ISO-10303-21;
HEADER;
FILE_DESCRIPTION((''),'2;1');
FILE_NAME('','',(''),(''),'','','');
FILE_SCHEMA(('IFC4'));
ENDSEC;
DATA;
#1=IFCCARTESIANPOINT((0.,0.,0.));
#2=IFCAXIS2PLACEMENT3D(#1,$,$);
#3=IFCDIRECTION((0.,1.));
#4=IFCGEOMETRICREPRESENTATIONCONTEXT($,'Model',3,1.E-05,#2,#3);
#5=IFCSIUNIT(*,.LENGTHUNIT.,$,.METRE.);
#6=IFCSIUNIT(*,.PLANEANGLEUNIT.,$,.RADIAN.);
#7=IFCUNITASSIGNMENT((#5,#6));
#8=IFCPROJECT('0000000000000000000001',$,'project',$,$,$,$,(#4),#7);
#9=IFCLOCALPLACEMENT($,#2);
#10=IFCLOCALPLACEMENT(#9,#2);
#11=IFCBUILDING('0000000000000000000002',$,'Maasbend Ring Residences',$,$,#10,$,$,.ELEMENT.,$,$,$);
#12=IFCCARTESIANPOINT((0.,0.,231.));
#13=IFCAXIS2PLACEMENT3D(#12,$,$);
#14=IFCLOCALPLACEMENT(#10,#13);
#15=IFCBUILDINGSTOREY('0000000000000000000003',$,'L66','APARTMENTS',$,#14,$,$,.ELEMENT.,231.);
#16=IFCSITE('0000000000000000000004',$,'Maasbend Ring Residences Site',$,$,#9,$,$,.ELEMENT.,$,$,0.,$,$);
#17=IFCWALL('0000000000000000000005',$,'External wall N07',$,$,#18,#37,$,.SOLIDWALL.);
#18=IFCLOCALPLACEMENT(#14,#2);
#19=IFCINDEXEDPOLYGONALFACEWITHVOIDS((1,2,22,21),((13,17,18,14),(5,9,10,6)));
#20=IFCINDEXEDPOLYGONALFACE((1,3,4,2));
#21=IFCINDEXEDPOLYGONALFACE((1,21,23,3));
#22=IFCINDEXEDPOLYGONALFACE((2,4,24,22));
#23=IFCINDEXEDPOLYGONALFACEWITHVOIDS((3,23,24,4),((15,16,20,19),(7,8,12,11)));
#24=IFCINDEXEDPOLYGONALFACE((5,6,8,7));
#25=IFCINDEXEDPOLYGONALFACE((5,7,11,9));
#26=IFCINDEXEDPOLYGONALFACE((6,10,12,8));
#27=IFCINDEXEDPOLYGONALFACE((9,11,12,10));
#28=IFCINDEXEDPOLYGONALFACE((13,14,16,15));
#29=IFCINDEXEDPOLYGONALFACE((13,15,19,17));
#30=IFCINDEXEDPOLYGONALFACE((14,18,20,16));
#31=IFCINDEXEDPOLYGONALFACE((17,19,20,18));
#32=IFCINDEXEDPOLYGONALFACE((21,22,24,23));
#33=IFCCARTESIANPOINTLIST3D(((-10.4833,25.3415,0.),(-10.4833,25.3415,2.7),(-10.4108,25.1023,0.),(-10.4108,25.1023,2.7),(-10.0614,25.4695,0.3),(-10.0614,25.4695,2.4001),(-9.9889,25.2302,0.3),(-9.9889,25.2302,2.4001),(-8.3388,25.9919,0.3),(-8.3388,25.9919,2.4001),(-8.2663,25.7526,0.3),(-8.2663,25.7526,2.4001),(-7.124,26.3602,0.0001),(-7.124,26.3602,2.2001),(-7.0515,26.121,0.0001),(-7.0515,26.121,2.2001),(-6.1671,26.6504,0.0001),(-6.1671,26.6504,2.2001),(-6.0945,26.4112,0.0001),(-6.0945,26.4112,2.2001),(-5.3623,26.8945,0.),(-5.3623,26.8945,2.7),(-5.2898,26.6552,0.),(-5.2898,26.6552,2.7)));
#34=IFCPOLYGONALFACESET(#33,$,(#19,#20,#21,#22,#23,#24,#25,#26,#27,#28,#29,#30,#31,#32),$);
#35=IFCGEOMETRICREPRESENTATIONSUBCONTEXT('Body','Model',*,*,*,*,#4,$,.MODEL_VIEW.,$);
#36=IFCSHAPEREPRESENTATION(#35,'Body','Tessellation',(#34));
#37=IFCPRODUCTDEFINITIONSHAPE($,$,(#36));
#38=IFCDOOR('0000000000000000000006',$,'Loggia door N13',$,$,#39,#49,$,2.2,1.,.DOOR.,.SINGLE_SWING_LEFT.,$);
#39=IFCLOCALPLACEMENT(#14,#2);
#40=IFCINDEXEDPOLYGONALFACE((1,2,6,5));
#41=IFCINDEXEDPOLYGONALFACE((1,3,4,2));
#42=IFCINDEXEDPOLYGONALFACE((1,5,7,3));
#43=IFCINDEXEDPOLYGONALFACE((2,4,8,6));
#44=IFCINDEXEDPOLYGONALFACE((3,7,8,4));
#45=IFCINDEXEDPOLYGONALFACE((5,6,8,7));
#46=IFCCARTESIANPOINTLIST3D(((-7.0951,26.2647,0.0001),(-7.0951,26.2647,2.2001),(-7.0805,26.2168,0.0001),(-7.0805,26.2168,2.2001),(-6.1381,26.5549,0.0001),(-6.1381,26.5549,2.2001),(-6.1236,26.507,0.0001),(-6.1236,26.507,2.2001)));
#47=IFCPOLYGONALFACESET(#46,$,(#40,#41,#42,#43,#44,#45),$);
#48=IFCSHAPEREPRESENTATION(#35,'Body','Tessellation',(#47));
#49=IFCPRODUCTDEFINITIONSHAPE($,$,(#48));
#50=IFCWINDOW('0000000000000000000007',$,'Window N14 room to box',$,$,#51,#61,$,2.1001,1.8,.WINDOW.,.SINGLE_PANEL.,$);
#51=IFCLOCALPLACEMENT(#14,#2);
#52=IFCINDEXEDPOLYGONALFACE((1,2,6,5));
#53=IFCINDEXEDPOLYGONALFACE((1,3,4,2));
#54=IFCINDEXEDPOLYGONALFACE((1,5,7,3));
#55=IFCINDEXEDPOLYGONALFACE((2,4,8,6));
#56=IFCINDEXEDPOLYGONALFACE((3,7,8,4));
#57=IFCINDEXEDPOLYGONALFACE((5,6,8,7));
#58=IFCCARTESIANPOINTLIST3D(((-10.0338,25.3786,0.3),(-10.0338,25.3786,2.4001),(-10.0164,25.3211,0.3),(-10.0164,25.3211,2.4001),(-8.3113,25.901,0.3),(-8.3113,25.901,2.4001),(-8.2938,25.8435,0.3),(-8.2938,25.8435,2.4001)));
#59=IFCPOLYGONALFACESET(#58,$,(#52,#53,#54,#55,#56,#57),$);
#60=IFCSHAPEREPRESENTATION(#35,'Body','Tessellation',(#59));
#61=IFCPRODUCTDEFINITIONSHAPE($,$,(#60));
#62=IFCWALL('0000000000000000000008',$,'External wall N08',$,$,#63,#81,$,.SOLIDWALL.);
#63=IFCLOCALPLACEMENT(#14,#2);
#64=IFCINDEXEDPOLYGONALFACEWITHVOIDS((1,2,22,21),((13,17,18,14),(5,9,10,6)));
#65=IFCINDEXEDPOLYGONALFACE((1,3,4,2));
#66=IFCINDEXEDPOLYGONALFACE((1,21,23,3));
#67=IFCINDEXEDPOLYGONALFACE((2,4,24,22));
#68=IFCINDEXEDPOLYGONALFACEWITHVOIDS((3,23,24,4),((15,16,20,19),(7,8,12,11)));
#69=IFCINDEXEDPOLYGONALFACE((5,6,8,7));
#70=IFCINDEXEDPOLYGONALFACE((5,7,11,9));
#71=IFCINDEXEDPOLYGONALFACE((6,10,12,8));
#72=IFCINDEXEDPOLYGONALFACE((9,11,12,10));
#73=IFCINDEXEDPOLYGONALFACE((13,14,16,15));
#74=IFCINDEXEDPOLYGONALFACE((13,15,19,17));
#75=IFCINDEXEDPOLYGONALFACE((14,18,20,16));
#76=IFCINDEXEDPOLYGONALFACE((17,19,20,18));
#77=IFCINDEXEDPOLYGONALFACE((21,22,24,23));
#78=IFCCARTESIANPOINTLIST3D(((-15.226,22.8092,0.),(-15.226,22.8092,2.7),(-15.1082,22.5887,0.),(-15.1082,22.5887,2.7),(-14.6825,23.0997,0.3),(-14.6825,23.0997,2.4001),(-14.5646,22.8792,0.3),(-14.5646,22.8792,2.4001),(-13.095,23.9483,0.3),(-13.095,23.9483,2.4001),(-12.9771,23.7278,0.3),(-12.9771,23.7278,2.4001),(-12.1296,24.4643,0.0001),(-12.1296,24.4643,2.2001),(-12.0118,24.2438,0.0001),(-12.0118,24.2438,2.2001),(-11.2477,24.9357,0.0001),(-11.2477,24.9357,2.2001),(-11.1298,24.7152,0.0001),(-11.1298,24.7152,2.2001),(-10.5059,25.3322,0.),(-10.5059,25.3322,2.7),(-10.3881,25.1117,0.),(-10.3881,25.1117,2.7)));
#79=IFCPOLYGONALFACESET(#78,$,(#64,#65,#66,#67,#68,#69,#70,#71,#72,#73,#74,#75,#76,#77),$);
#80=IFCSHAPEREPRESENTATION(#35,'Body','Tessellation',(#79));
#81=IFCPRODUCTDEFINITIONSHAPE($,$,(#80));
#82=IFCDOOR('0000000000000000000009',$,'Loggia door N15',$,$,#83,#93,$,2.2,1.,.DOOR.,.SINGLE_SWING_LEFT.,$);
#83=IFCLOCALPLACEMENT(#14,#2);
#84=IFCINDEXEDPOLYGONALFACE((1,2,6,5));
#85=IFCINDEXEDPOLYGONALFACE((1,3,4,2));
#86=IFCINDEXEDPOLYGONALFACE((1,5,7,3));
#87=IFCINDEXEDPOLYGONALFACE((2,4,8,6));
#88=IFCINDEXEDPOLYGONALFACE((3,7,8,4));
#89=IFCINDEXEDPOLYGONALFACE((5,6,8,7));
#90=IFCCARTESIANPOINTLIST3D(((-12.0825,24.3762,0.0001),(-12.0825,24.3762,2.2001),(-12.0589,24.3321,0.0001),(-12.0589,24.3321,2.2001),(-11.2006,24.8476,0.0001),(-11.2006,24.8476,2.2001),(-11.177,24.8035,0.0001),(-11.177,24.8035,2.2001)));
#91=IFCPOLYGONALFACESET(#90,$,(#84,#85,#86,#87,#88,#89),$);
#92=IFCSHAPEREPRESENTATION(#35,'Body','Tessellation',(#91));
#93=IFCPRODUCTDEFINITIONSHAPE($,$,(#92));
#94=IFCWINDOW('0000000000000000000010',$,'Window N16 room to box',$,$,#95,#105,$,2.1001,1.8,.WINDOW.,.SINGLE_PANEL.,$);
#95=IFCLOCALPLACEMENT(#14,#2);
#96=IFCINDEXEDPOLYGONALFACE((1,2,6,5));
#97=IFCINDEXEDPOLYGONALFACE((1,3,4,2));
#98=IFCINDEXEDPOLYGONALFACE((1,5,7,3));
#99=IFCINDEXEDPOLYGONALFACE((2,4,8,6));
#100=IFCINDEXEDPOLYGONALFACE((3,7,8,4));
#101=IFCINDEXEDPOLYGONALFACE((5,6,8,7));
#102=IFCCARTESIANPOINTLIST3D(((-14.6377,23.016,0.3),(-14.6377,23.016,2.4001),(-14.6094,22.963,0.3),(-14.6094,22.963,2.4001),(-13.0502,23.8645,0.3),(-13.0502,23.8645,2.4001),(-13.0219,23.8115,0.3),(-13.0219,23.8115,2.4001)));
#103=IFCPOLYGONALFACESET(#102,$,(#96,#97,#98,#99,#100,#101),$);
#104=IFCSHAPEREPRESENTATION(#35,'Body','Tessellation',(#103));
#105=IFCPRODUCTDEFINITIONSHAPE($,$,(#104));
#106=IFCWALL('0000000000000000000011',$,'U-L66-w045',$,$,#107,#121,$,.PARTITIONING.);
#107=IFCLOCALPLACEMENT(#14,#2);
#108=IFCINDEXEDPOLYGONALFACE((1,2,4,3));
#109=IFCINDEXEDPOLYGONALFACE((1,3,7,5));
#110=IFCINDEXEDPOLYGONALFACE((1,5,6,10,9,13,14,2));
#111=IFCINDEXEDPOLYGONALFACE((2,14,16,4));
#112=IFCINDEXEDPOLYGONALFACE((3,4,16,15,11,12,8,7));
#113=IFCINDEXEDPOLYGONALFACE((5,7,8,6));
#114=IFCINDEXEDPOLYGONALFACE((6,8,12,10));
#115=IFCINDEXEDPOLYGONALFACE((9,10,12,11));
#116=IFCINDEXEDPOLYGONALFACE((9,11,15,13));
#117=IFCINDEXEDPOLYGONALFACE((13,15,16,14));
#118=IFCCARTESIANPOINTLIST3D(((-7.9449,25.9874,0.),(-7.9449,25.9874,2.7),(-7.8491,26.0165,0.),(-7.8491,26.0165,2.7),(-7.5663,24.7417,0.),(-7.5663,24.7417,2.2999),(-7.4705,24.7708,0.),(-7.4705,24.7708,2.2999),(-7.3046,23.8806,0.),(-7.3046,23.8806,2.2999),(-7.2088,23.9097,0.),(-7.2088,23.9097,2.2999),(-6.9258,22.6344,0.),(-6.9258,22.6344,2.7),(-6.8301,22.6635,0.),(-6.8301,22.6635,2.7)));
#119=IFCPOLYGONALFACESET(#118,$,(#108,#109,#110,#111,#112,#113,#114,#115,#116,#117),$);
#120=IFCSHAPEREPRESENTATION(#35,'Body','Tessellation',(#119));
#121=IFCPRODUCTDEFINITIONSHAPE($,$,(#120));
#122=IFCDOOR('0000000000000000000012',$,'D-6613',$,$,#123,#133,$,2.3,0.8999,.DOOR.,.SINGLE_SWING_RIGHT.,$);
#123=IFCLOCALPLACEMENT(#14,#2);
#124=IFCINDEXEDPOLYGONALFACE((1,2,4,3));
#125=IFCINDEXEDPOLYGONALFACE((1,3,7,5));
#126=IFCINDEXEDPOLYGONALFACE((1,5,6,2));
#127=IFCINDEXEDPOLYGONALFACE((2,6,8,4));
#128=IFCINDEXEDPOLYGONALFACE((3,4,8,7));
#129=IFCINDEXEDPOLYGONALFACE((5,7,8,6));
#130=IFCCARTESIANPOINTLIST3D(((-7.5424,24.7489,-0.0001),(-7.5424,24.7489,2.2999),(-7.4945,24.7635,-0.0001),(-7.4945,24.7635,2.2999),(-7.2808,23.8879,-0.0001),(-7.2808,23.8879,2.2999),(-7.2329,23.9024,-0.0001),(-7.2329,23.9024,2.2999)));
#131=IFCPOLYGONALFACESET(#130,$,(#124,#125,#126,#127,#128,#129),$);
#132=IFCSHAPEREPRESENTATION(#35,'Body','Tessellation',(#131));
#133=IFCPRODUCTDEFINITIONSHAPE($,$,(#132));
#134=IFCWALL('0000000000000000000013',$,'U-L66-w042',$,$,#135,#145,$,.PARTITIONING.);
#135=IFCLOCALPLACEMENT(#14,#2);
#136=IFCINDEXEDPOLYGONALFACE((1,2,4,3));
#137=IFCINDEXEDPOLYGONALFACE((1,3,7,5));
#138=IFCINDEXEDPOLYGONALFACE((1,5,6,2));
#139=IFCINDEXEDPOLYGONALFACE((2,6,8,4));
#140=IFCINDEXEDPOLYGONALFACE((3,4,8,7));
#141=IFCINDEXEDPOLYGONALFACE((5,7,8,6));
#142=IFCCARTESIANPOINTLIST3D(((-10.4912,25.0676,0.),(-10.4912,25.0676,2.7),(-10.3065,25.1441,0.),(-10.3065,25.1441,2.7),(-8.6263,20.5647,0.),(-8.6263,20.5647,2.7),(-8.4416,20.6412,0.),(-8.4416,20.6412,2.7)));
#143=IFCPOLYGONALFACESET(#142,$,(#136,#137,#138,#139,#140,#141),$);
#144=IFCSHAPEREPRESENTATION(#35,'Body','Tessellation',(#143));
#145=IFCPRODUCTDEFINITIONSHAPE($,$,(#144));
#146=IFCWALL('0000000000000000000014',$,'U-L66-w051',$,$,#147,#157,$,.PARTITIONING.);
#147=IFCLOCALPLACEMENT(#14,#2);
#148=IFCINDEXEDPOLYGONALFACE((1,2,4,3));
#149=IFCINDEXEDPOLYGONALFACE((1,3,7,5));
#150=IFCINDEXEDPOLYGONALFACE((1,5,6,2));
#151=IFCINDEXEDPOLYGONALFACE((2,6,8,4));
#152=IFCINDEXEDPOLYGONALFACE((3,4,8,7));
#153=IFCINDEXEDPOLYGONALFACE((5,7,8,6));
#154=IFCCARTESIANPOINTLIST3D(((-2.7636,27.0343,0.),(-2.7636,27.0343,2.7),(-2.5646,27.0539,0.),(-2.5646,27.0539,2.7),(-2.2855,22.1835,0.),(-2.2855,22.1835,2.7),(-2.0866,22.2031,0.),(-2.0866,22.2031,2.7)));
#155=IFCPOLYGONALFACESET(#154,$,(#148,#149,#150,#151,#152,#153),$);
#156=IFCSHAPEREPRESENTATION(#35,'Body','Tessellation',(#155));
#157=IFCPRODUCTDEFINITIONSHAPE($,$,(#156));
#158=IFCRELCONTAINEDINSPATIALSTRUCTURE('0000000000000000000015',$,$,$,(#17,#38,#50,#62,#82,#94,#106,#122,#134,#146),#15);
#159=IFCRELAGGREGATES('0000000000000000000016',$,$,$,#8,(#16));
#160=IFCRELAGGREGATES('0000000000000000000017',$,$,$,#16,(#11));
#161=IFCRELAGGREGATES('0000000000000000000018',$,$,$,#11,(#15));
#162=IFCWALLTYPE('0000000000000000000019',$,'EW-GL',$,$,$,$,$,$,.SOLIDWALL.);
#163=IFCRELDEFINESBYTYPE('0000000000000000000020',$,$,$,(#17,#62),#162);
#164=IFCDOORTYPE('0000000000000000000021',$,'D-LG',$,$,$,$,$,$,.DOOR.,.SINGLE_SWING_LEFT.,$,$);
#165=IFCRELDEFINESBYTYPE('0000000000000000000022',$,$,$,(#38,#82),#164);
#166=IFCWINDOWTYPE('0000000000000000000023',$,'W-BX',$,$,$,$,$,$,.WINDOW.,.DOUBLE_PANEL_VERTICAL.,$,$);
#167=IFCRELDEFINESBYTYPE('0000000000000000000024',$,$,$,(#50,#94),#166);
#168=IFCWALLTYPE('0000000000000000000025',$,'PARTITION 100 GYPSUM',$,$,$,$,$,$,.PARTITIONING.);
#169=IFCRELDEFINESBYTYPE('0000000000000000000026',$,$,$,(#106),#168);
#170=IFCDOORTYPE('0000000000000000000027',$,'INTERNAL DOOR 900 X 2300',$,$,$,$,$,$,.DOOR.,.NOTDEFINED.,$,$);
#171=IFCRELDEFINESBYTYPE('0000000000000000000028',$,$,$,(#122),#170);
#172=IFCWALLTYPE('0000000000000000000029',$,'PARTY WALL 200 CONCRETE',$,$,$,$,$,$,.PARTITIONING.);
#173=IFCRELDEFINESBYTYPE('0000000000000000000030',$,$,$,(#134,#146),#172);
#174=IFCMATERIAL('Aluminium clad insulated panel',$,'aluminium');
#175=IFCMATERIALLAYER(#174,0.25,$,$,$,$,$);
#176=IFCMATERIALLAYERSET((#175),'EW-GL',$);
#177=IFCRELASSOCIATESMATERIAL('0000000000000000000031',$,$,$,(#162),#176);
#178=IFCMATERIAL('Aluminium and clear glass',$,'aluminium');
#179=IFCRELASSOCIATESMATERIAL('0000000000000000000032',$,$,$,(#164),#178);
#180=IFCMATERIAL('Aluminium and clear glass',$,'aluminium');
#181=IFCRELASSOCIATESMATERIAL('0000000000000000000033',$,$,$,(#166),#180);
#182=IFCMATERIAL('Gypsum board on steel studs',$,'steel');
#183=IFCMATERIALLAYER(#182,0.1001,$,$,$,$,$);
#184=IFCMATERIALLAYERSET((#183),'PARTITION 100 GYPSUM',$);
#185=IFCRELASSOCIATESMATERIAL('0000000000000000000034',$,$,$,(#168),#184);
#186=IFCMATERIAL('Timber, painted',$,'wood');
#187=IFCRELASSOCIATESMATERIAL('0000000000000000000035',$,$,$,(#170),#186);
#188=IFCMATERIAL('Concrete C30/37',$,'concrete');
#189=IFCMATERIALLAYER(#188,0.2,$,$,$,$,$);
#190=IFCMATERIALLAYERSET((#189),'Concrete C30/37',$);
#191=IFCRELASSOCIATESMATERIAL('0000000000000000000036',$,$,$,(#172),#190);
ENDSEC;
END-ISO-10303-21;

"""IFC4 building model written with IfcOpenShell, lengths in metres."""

from ifc_helpers import new_model, si_unit, direction, frame, frame_2d, origin, place, context, subcontext, project, spatial, rectangle, extrude, material, layer, layer_set, type_object, element, fill, save


model = new_model("IFC4")

# Units and contexts
model_context = context("Model", 3, precision=1e-05, world=origin(), true_north=direction((0.0, 1.0)))
body_context = subcontext(model_context, "Body", "Model", "MODEL_VIEW")
ifc_project = project(units=[si_unit("LENGTHUNIT", "METRE"), si_unit("PLANEANGLEUNIT", "RADIAN")], contexts=[model_context])

# Site, building, storey
site_placement = place(None, origin())
site = spatial("IfcSite", under=ifc_project, at=site_placement, Name="Maasbend Ring Residences Site", CompositionType="ELEMENT", RefElevation=0.0)
building_placement = place(site_placement, origin())
building = spatial("IfcBuilding", under=site, at=building_placement, Name="Maasbend Ring Residences", CompositionType="ELEMENT")
storey_placement = place(building_placement, frame((0.0, 0.0, 231.0)))
storey = spatial("IfcBuildingStorey", under=building, at=storey_placement, Name="L66", Description="APARTMENTS", CompositionType="ELEMENT", Elevation=231.0)

# Walls, openings, doors, windows
ifc_material_1 = material(Name="Aluminium clad insulated panel", Category="aluminium")
ifc_layer_1 = layer(ifc_material_1, 0.25)
ifc_layer_set_1 = layer_set([ifc_layer_1], Name="EW-GL")
wall_type_1 = type_object("IfcWallType", Name="EW-GL", PredefinedType="SOLIDWALL", material=ifc_layer_set_1)
wall_1_placement = place(storey_placement, frame((-5.3259, 26.7749, 0.0), z_axis=(0.0, 0.0, 1.0), x_axis=(-0.956966, -0.290201, 0.0)))
wall_1 = element("IfcWall", 1, at=wall_1_placement, inside=storey, type_object=wall_type_1, Name="External wall N07", PredefinedType="SOLIDWALL", context=body_context, shape_type="SweptSolid", body=[
    extrude(rectangle(XDim=5.3513, YDim=0.25, at=frame_2d((2.6758, 0.0))), origin(), (0.0, 0.0, 1.0), 2.7),
])
opening_1_placement = place(wall_1_placement, frame((0.8411, 0.0, 0.0)))
opening_1 = element("IfcOpeningElement", 2, at=opening_1_placement, cuts=wall_1, PredefinedType="OPENING", context=body_context, shape_type="SweptSolid", body=[
    extrude(rectangle(XDim=1.0, YDim=2.2, at=frame_2d((0.5, 1.1001))), frame((0.0, 0.135, 0.0), z_axis=(0.0, -1.0, 0.0), x_axis=(1.0, 0.0, 0.0)), (0.0, 0.0, 1.0), 0.27),
])
opening_2_placement = place(wall_1_placement, frame((3.1106, 0.0, 0.3)))
opening_2 = element("IfcOpeningElement", 3, at=opening_2_placement, cuts=wall_1, PredefinedType="OPENING", context=body_context, shape_type="SweptSolid", body=[
    extrude(rectangle(XDim=1.8, YDim=2.1001, at=frame_2d((0.8999, 1.05))), frame((0.0, 0.135, 0.0), z_axis=(0.0, -1.0, 0.0), x_axis=(1.0, 0.0, 0.0)), (0.0, 0.0, 1.0), 0.27),
])
ifc_material_2 = material(Name="Aluminium and clear glass", Category="aluminium")
door_type_1 = type_object("IfcDoorType", Name="D-LG", OperationType="SINGLE_SWING_LEFT", PredefinedType="DOOR", material=ifc_material_2)
door_1_placement = place(opening_1_placement, origin())
door_1 = element("IfcDoor", 4, at=door_1_placement, inside=storey, type_object=door_type_1, Name="Loggia door N13", OperationType="SINGLE_SWING_LEFT", OverallHeight=2.2, OverallWidth=1.0, PredefinedType="DOOR", context=body_context, shape_type="SweptSolid", body=[
    extrude(rectangle(XDim=1.0, YDim=2.2, at=frame_2d((0.5, 1.1001))), frame((0.0, 0.0249, 0.0), z_axis=(0.0, -1.0, 0.0), x_axis=(1.0, 0.0, 0.0)), (0.0, 0.0, 1.0), 0.05),
])
fill(opening_1, door_1)
ifc_material_3 = material(Name="Aluminium and clear glass", Category="aluminium")
window_type_1 = type_object("IfcWindowType", Name="W-BX", PartitioningType="DOUBLE_PANEL_VERTICAL", PredefinedType="WINDOW", material=ifc_material_3)
window_1_placement = place(opening_2_placement, origin())
window_1 = element("IfcWindow", 5, at=window_1_placement, inside=storey, type_object=window_type_1, Name="Window N14 room to box", OverallHeight=2.1001, OverallWidth=1.8, PartitioningType="SINGLE_PANEL", PredefinedType="WINDOW", context=body_context, shape_type="SweptSolid", body=[
    extrude(rectangle(XDim=1.8, YDim=2.1001, at=frame_2d((0.8999, 1.05))), frame((0.0, 0.03, 0.0), z_axis=(0.0, -1.0, 0.0), x_axis=(1.0, 0.0, 0.0)), (0.0, 0.0, 1.0), 0.0601),
])
fill(opening_2, window_1)
wall_2_placement = place(storey_placement, frame((-10.447, 25.2219, 0.0), z_axis=(0.0, 0.0, 1.0), x_axis=(-0.881916, -0.471407, 0.0)))
wall_2 = element("IfcWall", 6, at=wall_2_placement, inside=storey, type_object=wall_type_1, Name="External wall N08", PredefinedType="SOLIDWALL", context=body_context, shape_type="SweptSolid", body=[
    extrude(rectangle(XDim=5.3521, YDim=0.25, at=frame_2d((2.676, 0.0))), origin(), (0.0, 0.0, 1.0), 2.7),
])
opening_3_placement = place(wall_2_placement, frame((0.8411, 0.0, 0.0)))
opening_3 = element("IfcOpeningElement", 7, at=opening_3_placement, cuts=wall_2, PredefinedType="OPENING", context=body_context, shape_type="SweptSolid", body=[
    extrude(rectangle(XDim=1.0, YDim=2.2, at=frame_2d((0.5, 1.1001))), frame((0.0, 0.135, 0.0), z_axis=(0.0, -1.0, 0.0), x_axis=(1.0, 0.0, 0.0)), (0.0, 0.0, 1.0), 0.27),
])
opening_4_placement = place(wall_2_placement, frame((2.9358, 0.0, 0.3)))
opening_4 = element("IfcOpeningElement", 8, at=opening_4_placement, cuts=wall_2, PredefinedType="OPENING", context=body_context, shape_type="SweptSolid", body=[
    extrude(rectangle(XDim=1.8, YDim=2.1001, at=frame_2d((0.8999, 1.05))), frame((0.0, 0.135, 0.0), z_axis=(0.0, -1.0, 0.0), x_axis=(1.0, 0.0, 0.0)), (0.0, 0.0, 1.0), 0.27),
])
door_2_placement = place(opening_3_placement, origin())
door_2 = element("IfcDoor", 9, at=door_2_placement, inside=storey, type_object=door_type_1, Name="Loggia door N15", OperationType="SINGLE_SWING_LEFT", OverallHeight=2.2, OverallWidth=1.0, PredefinedType="DOOR", context=body_context, shape_type="SweptSolid", body=[
    extrude(rectangle(XDim=1.0, YDim=2.2, at=frame_2d((0.5, 1.1001))), frame((0.0, 0.0249, 0.0), z_axis=(0.0, -1.0, 0.0), x_axis=(1.0, 0.0, 0.0)), (0.0, 0.0, 1.0), 0.05),
])
fill(opening_3, door_2)
window_2_placement = place(opening_4_placement, origin())
window_2 = element("IfcWindow", 10, at=window_2_placement, inside=storey, type_object=window_type_1, Name="Window N16 room to box", OverallHeight=2.1001, OverallWidth=1.8, PartitioningType="SINGLE_PANEL", PredefinedType="WINDOW", context=body_context, shape_type="SweptSolid", body=[
    extrude(rectangle(XDim=1.8, YDim=2.1001, at=frame_2d((0.8999, 1.05))), frame((0.0, 0.03, 0.0), z_axis=(0.0, -1.0, 0.0), x_axis=(1.0, 0.0, 0.0)), (0.0, 0.0, 1.0), 0.0601),
])
fill(opening_4, window_2)

# Wall, opening, door
ifc_material_4 = material(Name="Gypsum board on steel studs", Category="steel")
ifc_layer_2 = layer(ifc_material_4, 0.1001)
ifc_layer_set_2 = layer_set([ifc_layer_2], Name="PARTITION 100 GYPSUM")
wall_type_2 = type_object("IfcWallType", Name="PARTITION 100 GYPSUM", PredefinedType="PARTITIONING", material=ifc_layer_set_2)
wall_3_placement = place(storey_placement, frame((-7.897, 26.002, 0.0), z_axis=(0.0, 0.0, 1.0), x_axis=(0.290785, -0.956789, 0.0)))
wall_3 = element("IfcWall", 11, at=wall_3_placement, inside=storey, type_object=wall_type_2, Name="U-L66-w045", PredefinedType="PARTITIONING", context=body_context, shape_type="SweptSolid", body=[
    extrude(rectangle(XDim=3.5044, YDim=0.1001, at=frame_2d((1.7522, 0.0))), origin(), (0.0, 0.0, 1.0), 2.7),
])
opening_5_placement = place(wall_3_placement, frame((1.302, 0.0, 0.0)))
opening_5 = element("IfcOpeningElement", 12, at=opening_5_placement, cuts=wall_3, PredefinedType="OPENING", context=body_context, shape_type="SweptSolid", body=[
    extrude(rectangle(XDim=0.8999, YDim=2.3, at=frame_2d((0.45, 1.1499))), frame((0.0, 0.0601, 0.0), z_axis=(0.0, -1.0, 0.0), x_axis=(1.0, 0.0, 0.0)), (0.0, 0.0, 1.0), 0.1201),
])
ifc_material_5 = material(Name="Timber, painted", Category="wood")
door_type_2 = type_object("IfcDoorType", Name="INTERNAL DOOR 900 X 2300", OperationType="NOTDEFINED", PredefinedType="DOOR", material=ifc_material_5)
door_3_placement = place(opening_5_placement, origin())
door_3 = element("IfcDoor", 13, at=door_3_placement, inside=storey, type_object=door_type_2, Name="D-6613", OperationType="SINGLE_SWING_RIGHT", OverallHeight=2.3, OverallWidth=0.8999, PredefinedType="DOOR", context=body_context, shape_type="SweptSolid", body=[
    extrude(rectangle(XDim=0.8999, YDim=2.3, at=frame_2d((0.45, 1.1499))), frame((0.0, 0.0249, 0.0), z_axis=(0.0, -1.0, 0.0), x_axis=(1.0, 0.0, 0.0)), (0.0, 0.0, 1.0), 0.05),
])
fill(opening_5, door_3)

# Walls
ifc_material_6 = material(Name="Concrete C30/37", Category="concrete")
ifc_layer_3 = layer(ifc_material_6, 0.2)
ifc_layer_set_3 = layer_set([ifc_layer_3], Name="Concrete C30/37")
wall_type_3 = type_object("IfcWallType", Name="PARTY WALL 200 CONCRETE", PredefinedType="PARTITIONING", material=ifc_layer_set_3)
wall_4_placement = place(storey_placement, frame((-10.3989, 25.106, 0.0), z_axis=(0.0, 0.0, 1.0), x_axis=(0.382651, -0.923893, 0.0)))
element("IfcWall", 14, at=wall_4_placement, inside=storey, type_object=wall_type_3, Name="U-L66-w042", PredefinedType="PARTITIONING", context=body_context, shape_type="SweptSolid", body=[
    extrude(rectangle(XDim=4.8738, YDim=0.2, at=frame_2d((2.437, 0.0))), origin(), (0.0, 0.0, 1.0), 2.7),
])
wall_5_placement = place(storey_placement, frame((-2.6641, 27.0439, 0.0), z_axis=(0.0, 0.0, 1.0), x_axis=(0.09807, -0.995179, 0.0)))
element("IfcWall", 15, at=wall_5_placement, inside=storey, type_object=wall_type_3, Name="U-L66-w051", PredefinedType="PARTITIONING", context=body_context, shape_type="SweptSolid", body=[
    extrude(rectangle(XDim=4.8743, YDim=0.2, at=frame_2d((2.437, 0.0))), origin(), (0.0, 0.0, 1.0), 2.7),
])

save(model, "model.ifc")
